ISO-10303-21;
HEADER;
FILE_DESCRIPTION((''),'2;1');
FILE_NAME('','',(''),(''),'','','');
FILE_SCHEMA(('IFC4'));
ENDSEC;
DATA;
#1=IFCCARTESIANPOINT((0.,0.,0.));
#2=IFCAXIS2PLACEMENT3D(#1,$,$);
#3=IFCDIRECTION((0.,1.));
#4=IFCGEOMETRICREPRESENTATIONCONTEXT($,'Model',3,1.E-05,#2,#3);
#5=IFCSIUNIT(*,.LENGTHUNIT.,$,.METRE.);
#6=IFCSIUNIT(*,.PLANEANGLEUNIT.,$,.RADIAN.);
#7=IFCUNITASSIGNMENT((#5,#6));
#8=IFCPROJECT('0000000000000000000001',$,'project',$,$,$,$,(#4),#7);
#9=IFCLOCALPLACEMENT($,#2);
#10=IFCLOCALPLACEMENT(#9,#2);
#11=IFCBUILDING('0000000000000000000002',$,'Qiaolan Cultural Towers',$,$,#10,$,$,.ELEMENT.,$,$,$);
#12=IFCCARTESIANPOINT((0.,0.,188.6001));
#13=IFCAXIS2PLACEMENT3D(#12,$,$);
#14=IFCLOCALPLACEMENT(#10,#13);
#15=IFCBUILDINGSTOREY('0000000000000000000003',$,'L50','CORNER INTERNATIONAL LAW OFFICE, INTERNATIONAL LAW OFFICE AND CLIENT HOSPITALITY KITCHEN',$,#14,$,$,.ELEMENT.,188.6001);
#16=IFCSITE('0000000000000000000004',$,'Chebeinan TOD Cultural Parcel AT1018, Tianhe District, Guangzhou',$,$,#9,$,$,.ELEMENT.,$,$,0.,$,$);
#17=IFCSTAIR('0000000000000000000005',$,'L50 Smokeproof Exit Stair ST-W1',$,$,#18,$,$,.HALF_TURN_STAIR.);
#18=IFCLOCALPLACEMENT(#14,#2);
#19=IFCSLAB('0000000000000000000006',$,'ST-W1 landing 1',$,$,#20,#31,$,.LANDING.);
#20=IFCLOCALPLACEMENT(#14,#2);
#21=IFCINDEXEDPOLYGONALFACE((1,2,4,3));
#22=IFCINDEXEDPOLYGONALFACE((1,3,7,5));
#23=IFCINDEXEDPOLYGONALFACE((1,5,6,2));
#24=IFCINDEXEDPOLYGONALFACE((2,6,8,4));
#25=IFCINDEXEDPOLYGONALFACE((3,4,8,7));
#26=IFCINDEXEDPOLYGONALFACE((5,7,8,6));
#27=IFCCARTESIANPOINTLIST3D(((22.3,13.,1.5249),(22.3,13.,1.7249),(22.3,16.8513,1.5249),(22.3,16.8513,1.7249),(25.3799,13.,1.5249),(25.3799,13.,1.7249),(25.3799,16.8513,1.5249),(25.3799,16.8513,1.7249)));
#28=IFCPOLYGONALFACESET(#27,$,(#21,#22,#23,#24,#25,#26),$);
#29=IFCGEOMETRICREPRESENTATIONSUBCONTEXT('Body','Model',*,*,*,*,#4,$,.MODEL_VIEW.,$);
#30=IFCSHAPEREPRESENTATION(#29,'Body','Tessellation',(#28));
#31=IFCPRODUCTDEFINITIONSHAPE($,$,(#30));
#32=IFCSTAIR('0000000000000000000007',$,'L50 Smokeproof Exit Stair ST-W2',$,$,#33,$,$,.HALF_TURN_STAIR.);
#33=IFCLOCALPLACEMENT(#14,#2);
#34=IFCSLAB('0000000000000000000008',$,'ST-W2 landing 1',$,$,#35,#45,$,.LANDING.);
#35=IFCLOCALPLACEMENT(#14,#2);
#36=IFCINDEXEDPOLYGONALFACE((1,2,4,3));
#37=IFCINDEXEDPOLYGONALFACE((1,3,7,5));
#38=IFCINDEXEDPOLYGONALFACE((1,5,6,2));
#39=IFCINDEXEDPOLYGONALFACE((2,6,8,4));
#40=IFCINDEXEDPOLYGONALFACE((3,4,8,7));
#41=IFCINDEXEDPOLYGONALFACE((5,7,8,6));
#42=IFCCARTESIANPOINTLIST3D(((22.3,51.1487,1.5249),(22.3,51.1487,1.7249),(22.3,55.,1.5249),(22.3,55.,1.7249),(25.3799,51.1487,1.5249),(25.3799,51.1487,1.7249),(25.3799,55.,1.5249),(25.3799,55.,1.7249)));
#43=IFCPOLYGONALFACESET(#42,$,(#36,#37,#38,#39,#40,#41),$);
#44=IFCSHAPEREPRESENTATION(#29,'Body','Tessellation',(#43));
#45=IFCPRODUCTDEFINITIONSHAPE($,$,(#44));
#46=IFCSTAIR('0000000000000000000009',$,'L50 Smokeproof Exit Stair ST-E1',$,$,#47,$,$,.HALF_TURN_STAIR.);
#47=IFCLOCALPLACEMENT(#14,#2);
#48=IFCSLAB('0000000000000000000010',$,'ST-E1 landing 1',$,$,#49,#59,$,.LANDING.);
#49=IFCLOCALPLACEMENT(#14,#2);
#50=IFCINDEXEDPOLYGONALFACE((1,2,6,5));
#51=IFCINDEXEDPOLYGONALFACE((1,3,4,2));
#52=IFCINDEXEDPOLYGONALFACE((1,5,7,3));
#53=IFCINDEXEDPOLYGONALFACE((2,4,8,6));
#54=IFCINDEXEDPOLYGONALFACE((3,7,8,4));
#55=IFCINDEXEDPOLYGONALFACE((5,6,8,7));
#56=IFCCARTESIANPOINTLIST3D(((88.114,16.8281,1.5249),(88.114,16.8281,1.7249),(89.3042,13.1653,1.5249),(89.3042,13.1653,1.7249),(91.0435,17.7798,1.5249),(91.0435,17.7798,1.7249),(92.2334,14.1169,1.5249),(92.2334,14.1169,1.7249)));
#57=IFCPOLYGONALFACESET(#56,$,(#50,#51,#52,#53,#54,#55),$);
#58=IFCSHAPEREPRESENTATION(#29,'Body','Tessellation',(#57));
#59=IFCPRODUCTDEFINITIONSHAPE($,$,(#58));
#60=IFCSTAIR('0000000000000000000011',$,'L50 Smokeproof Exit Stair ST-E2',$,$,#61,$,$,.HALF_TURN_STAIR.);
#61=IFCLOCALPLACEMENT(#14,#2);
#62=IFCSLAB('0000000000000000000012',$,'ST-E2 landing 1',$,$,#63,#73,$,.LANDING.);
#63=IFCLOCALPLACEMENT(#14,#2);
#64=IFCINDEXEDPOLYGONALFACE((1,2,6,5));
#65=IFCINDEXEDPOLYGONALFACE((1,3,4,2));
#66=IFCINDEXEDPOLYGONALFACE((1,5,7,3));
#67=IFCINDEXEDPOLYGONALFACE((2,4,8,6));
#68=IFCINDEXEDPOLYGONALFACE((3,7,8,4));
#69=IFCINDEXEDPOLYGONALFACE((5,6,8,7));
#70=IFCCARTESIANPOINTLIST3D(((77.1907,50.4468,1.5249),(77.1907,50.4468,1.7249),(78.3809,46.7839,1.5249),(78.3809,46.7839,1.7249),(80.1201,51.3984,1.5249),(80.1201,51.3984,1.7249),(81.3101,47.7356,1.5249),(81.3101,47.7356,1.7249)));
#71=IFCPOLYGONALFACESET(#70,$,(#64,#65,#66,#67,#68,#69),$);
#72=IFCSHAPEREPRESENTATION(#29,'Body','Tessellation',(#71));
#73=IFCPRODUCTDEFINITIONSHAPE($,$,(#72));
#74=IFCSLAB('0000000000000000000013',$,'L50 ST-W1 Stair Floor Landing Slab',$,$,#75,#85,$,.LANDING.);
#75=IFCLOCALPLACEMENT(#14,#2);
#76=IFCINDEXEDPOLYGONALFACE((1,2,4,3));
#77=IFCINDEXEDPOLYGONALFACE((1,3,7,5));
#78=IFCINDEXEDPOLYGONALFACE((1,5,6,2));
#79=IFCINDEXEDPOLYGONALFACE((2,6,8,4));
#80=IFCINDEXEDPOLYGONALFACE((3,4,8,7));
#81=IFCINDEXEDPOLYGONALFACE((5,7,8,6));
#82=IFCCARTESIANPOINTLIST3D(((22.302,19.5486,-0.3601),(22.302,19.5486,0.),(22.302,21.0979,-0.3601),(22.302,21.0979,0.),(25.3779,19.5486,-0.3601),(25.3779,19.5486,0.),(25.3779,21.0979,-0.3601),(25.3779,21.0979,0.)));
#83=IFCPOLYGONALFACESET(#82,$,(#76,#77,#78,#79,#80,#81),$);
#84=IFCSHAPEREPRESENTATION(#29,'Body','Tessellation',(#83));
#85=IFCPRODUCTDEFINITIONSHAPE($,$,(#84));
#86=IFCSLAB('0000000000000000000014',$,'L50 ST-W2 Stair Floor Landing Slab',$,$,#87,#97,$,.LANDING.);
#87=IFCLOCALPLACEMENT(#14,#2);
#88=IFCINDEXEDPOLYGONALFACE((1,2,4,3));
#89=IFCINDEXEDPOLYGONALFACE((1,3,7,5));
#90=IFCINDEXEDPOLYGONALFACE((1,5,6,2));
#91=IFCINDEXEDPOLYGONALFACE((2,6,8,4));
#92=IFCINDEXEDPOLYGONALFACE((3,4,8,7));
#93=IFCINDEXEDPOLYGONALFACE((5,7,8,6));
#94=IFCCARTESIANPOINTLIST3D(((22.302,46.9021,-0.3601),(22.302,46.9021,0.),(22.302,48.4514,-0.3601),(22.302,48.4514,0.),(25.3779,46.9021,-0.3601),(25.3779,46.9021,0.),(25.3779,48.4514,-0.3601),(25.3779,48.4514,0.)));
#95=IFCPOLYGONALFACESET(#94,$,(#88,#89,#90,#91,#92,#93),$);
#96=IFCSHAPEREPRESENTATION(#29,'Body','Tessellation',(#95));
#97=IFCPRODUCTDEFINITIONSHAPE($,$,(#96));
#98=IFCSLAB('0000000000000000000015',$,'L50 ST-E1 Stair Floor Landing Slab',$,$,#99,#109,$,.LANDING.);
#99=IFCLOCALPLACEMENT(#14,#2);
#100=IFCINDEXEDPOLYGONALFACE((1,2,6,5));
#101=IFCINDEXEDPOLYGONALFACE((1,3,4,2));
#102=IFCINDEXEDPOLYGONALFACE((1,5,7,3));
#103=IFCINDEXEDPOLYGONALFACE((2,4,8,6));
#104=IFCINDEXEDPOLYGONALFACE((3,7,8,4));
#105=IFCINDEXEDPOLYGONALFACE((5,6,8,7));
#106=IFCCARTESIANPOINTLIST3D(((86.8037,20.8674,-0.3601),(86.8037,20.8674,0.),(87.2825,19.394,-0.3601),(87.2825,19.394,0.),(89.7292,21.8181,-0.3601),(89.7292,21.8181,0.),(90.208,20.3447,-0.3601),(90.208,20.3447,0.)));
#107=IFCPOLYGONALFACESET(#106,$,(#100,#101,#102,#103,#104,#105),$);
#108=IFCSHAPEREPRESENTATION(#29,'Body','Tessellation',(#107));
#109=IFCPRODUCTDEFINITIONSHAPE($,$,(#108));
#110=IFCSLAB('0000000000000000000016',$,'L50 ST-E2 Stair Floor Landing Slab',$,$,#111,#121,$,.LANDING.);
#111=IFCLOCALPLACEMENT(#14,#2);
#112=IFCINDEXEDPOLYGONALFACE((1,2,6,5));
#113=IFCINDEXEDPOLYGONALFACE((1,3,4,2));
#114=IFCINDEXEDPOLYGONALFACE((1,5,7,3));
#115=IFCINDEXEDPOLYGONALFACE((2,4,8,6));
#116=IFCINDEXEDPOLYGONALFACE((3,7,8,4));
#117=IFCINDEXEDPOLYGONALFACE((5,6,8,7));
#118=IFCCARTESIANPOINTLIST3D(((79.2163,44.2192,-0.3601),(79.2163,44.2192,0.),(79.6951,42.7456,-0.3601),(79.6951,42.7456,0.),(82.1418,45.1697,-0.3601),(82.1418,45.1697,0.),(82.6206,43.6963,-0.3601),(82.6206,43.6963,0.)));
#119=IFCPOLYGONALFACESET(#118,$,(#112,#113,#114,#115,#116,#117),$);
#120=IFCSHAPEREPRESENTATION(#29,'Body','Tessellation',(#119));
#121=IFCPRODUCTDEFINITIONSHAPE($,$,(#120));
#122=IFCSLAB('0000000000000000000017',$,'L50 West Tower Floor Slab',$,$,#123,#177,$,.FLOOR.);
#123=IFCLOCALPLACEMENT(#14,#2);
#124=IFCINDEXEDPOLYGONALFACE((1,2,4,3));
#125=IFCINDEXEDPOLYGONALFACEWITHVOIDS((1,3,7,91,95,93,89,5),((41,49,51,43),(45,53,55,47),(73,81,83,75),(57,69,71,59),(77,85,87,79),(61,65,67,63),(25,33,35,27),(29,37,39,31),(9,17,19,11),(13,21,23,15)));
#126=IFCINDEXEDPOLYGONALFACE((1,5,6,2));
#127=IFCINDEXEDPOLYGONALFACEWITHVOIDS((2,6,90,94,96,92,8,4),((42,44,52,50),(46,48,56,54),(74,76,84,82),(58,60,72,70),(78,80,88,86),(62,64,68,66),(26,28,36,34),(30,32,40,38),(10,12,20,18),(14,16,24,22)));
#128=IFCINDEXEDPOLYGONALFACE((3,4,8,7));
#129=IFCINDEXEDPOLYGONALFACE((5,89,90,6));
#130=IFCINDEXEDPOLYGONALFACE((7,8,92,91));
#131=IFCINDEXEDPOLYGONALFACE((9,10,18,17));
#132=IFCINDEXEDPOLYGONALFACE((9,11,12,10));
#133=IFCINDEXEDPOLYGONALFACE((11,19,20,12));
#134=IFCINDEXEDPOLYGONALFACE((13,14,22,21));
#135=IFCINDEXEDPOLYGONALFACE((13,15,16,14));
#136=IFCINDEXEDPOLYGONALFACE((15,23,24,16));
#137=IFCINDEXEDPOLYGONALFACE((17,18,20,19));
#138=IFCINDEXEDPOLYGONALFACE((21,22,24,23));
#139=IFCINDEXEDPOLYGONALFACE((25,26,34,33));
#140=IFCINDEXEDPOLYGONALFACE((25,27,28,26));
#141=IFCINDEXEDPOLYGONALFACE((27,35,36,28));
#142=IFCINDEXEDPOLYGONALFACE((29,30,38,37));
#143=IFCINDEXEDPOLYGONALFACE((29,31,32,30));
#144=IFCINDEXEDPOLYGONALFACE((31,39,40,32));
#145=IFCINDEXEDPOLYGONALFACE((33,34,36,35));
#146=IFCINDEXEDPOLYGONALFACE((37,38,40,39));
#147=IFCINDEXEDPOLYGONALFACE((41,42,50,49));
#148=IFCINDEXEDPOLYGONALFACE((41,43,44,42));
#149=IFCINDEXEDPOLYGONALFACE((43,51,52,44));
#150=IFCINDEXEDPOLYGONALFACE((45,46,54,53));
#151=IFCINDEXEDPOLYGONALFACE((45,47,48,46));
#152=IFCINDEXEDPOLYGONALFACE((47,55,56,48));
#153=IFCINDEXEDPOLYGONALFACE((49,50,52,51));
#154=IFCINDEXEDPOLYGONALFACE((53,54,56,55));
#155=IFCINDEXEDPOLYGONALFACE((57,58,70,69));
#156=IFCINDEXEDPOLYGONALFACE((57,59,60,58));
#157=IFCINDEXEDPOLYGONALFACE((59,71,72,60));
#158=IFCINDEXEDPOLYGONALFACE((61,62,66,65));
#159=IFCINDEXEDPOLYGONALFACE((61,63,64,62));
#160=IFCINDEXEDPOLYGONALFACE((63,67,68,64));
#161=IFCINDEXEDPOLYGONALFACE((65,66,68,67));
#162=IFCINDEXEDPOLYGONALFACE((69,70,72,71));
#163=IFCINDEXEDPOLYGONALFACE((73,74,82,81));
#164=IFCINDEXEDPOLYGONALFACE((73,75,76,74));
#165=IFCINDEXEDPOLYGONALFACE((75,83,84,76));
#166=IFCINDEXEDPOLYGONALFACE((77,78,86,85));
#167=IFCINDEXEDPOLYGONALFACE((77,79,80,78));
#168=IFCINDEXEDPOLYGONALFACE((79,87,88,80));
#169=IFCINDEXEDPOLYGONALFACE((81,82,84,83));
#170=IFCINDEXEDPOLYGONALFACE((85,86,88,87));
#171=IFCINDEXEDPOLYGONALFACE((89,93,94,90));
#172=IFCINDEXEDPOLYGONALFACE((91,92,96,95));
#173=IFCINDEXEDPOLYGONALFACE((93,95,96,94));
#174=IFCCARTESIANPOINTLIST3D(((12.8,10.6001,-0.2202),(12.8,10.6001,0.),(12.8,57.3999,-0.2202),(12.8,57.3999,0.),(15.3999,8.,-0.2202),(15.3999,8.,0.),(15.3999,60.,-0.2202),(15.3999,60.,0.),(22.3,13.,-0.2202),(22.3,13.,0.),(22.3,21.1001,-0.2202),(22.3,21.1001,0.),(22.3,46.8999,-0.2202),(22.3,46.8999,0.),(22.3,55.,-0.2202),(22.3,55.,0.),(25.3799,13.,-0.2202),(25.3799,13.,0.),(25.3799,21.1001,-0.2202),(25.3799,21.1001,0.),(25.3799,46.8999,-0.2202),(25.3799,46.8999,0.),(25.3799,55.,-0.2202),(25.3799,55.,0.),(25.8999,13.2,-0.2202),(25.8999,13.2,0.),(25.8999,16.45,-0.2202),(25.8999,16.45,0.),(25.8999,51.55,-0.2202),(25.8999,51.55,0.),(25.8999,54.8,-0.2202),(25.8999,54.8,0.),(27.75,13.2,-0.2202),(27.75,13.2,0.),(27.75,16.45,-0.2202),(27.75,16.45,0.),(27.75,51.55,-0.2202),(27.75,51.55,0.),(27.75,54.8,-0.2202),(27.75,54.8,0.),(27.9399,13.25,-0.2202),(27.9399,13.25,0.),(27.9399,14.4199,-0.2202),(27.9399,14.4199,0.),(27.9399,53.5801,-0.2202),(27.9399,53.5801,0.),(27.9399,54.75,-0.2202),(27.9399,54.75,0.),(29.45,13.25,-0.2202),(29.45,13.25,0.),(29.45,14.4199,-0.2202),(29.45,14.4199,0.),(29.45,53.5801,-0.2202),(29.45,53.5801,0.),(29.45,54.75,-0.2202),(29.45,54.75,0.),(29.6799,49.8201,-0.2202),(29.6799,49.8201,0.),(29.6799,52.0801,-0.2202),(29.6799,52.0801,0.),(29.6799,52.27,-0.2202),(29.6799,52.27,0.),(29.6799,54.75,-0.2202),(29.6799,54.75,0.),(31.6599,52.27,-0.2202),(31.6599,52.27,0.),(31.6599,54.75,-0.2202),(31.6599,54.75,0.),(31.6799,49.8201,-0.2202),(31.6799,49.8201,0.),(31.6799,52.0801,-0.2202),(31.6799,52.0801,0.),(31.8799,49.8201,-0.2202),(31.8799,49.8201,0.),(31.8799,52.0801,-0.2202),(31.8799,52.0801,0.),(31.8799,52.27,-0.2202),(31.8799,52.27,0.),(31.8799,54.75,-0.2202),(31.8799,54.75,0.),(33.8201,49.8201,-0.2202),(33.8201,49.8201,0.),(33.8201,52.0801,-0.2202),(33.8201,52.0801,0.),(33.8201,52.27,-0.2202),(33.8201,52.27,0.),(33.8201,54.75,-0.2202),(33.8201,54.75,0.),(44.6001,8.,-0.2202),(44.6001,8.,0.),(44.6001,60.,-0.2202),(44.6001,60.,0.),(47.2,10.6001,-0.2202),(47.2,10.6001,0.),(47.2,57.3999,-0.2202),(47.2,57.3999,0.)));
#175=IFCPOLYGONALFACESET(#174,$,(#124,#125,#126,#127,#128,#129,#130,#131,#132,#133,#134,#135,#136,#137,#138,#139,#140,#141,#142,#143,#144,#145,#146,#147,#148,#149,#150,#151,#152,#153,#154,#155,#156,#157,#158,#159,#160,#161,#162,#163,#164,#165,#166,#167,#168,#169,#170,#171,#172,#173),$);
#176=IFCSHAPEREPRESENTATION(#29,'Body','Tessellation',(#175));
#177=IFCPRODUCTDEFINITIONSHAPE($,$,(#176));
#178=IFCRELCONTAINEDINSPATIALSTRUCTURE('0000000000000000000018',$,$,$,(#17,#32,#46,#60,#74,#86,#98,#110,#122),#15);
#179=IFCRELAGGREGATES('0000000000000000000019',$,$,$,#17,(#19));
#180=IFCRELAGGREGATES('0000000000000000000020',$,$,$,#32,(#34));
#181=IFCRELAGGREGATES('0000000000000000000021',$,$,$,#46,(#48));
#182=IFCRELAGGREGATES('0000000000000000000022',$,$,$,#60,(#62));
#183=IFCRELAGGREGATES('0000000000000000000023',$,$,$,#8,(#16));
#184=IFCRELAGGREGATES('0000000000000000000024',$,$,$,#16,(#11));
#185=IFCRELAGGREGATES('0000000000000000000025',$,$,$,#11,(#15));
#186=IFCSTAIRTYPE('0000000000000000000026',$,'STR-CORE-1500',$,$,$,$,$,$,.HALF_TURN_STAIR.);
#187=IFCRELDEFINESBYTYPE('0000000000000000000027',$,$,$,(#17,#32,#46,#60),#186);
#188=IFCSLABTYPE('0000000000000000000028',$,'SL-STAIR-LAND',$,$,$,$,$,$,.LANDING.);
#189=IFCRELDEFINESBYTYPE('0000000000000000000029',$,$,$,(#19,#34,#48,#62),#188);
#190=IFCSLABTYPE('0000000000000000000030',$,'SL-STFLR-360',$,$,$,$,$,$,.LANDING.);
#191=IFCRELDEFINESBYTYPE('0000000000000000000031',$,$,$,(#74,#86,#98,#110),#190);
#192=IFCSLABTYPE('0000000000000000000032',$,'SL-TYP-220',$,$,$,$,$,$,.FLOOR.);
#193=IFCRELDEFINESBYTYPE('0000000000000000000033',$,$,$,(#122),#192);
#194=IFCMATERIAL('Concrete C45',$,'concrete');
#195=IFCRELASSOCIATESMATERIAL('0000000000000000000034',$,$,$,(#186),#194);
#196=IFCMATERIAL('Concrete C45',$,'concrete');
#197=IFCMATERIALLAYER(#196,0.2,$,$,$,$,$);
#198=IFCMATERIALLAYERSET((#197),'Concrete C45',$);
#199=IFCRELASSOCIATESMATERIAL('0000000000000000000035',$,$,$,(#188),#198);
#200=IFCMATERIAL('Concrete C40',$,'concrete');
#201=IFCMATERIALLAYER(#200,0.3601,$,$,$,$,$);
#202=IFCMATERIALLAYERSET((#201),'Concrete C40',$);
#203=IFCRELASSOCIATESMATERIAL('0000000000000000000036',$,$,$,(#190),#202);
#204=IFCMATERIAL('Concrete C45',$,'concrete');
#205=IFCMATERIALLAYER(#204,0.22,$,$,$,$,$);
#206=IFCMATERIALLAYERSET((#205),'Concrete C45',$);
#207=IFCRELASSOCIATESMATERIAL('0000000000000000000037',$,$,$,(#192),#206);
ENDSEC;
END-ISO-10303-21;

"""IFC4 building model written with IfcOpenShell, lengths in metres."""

from ifc_helpers import new_model, si_unit, direction, frame, origin, place, context, subcontext, project, spatial, polyline, outline, extrude, material, layer, layer_set, type_object, element, aggregate, save


model = new_model("IFC4")

# Units and contexts
model_context = context("Model", 3, precision=1e-05, world=origin(), true_north=direction((0.0, 1.0)))
body_context = subcontext(model_context, "Body", "Model", "MODEL_VIEW")
ifc_project = project(units=[si_unit("LENGTHUNIT", "METRE"), si_unit("PLANEANGLEUNIT", "RADIAN")], contexts=[model_context])

# Site, building, storey
site_placement = place(None, origin())
site = spatial("IfcSite", under=ifc_project, at=site_placement, Name="Chebeinan TOD Cultural Parcel AT1018, Tianhe District, Guangzhou", CompositionType="ELEMENT", RefElevation=0.0)
building_placement = place(site_placement, origin())
building = spatial("IfcBuilding", under=site, at=building_placement, Name="Qiaolan Cultural Towers", CompositionType="ELEMENT")
storey_placement = place(building_placement, frame((0.0, 0.0, 188.6001)))
storey = spatial("IfcBuildingStorey", under=building, at=storey_placement, Name="L50", Description="CORNER INTERNATIONAL LAW OFFICE, INTERNATIONAL LAW OFFICE AND CLIENT HOSPITALITY KITCHEN", CompositionType="ELEMENT", Elevation=188.6001)

# Stairs, slabs
ifc_material_1 = material(Name="Concrete C45", Category="concrete")
stair_type = type_object("IfcStairType", Name="STR-CORE-1500", PredefinedType="HALF_TURN_STAIR", material=ifc_material_1)
stair_1_placement = place(storey_placement, origin())
stair_1 = element("IfcStair", 1, at=stair_1_placement, inside=storey, type_object=stair_type, Name="L50 Smokeproof Exit Stair ST-W1", PredefinedType="HALF_TURN_STAIR")
ifc_material_2 = material(Name="Concrete C45", Category="concrete")
ifc_layer_1 = layer(ifc_material_2, 0.2)
ifc_layer_set_1 = layer_set([ifc_layer_1], Name="Concrete C45")
slab_type_1 = type_object("IfcSlabType", Name="SL-STAIR-LAND", PredefinedType="LANDING", material=ifc_layer_set_1)
slab_1_placement = place(storey_placement, frame((0.0, 0.0, 1.5249)))
slab_1 = element("IfcSlab", 2, at=slab_1_placement, type_object=slab_type_1, Name="ST-W1 landing 1", PredefinedType="LANDING", context=body_context, shape_type="SweptSolid", body=[
    extrude(outline(polyline([(22.3, 16.8513), (22.3, 13.0), (25.3799, 13.0), (25.3799, 16.8513), (22.3, 16.8513)])), origin(), (0.0, 0.0, 1.0), 0.2),
])
aggregate(stair_1, [slab_1])
stair_2_placement = place(storey_placement, origin())
stair_2 = element("IfcStair", 3, at=stair_2_placement, inside=storey, type_object=stair_type, Name="L50 Smokeproof Exit Stair ST-W2", PredefinedType="HALF_TURN_STAIR")
slab_2_placement = place(storey_placement, frame((0.0, 0.0, 1.5249)))
slab_2 = element("IfcSlab", 4, at=slab_2_placement, type_object=slab_type_1, Name="ST-W2 landing 1", PredefinedType="LANDING", context=body_context, shape_type="SweptSolid", body=[
    extrude(outline(polyline([(25.3799, 51.1487), (25.3799, 55.0), (22.3, 55.0), (22.3, 51.1487), (25.3799, 51.1487)])), origin(), (0.0, 0.0, 1.0), 0.2),
])
aggregate(stair_2, [slab_2])
stair_3_placement = place(storey_placement, origin())
stair_3 = element("IfcStair", 5, at=stair_3_placement, inside=storey, type_object=stair_type, Name="L50 Smokeproof Exit Stair ST-E1", PredefinedType="HALF_TURN_STAIR")
slab_3_placement = place(storey_placement, frame((0.0, 0.0, 1.5249)))
slab_3 = element("IfcSlab", 6, at=slab_3_placement, type_object=slab_type_1, Name="ST-E1 landing 1", PredefinedType="LANDING", context=body_context, shape_type="SweptSolid", body=[
    extrude(outline(polyline([(88.114, 16.8281), (89.3042, 13.1653), (92.2334, 14.1169), (91.0435, 17.7798), (88.114, 16.8281)])), origin(), (0.0, 0.0, 1.0), 0.2),
])
aggregate(stair_3, [slab_3])
stair_4_placement = place(storey_placement, origin())
stair_4 = element("IfcStair", 7, at=stair_4_placement, inside=storey, type_object=stair_type, Name="L50 Smokeproof Exit Stair ST-E2", PredefinedType="HALF_TURN_STAIR")
slab_4_placement = place(storey_placement, frame((0.0, 0.0, 1.5249)))
slab_4 = element("IfcSlab", 8, at=slab_4_placement, type_object=slab_type_1, Name="ST-E2 landing 1", PredefinedType="LANDING", context=body_context, shape_type="SweptSolid", body=[
    extrude(outline(polyline([(81.3101, 47.7356), (80.1201, 51.3984), (77.1907, 50.4468), (78.3809, 46.7839), (81.3101, 47.7356)])), origin(), (0.0, 0.0, 1.0), 0.2),
])
aggregate(stair_4, [slab_4])

# Slabs
ifc_material_3 = material(Name="Concrete C40", Category="concrete")
ifc_layer_2 = layer(ifc_material_3, 0.3601)
ifc_layer_set_2 = layer_set([ifc_layer_2], Name="Concrete C40")
slab_type_2 = type_object("IfcSlabType", Name="SL-STFLR-360", PredefinedType="LANDING", material=ifc_layer_set_2)
slab_5_placement = place(storey_placement, frame((0.0, 0.0, -0.3601)))
element("IfcSlab", 9, at=slab_5_placement, inside=storey, type_object=slab_type_2, Name="L50 ST-W1 Stair Floor Landing Slab", PredefinedType="LANDING", context=body_context, shape_type="SweptSolid", body=[
    extrude(outline(polyline([(22.302, 21.0979), (22.302, 19.5486), (25.3779, 19.5486), (25.3779, 21.0979), (22.302, 21.0979)])), origin(), (0.0, 0.0, 1.0), 0.3601),
])
slab_6_placement = place(storey_placement, frame((0.0, 0.0, -0.3601)))
element("IfcSlab", 10, at=slab_6_placement, inside=storey, type_object=slab_type_2, Name="L50 ST-W2 Stair Floor Landing Slab", PredefinedType="LANDING", context=body_context, shape_type="SweptSolid", body=[
    extrude(outline(polyline([(25.3779, 46.9021), (25.3779, 48.4514), (22.302, 48.4514), (22.302, 46.9021), (25.3779, 46.9021)])), origin(), (0.0, 0.0, 1.0), 0.3601),
])
slab_7_placement = place(storey_placement, frame((0.0, 0.0, -0.3601)))
element("IfcSlab", 11, at=slab_7_placement, inside=storey, type_object=slab_type_2, Name="L50 ST-E1 Stair Floor Landing Slab", PredefinedType="LANDING", context=body_context, shape_type="SweptSolid", body=[
    extrude(outline(polyline([(86.8037, 20.8674), (87.2825, 19.394), (90.208, 20.3447), (89.7292, 21.8181), (86.8037, 20.8674)])), origin(), (0.0, 0.0, 1.0), 0.3601),
])
slab_8_placement = place(storey_placement, frame((0.0, 0.0, -0.3601)))
element("IfcSlab", 12, at=slab_8_placement, inside=storey, type_object=slab_type_2, Name="L50 ST-E2 Stair Floor Landing Slab", PredefinedType="LANDING", context=body_context, shape_type="SweptSolid", body=[
    extrude(outline(polyline([(82.6206, 43.6963), (82.1418, 45.1697), (79.2163, 44.2192), (79.6951, 42.7456), (82.6206, 43.6963)])), origin(), (0.0, 0.0, 1.0), 0.3601),
])
ifc_material_4 = material(Name="Concrete C45", Category="concrete")
ifc_layer_3 = layer(ifc_material_4, 0.22)
ifc_layer_set_3 = layer_set([ifc_layer_3], Name="Concrete C45")
slab_type_3 = type_object("IfcSlabType", Name="SL-TYP-220", PredefinedType="FLOOR", material=ifc_layer_set_3)
slab_9_placement = place(storey_placement, frame((0.0, 0.0, -0.2202)))
element("IfcSlab", 13, at=slab_9_placement, inside=storey, type_object=slab_type_3, Name="L50 West Tower Floor Slab", PredefinedType="FLOOR", context=body_context, shape_type="SweptSolid", body=[
    extrude(outline(polyline([(15.3999, 8.0), (44.6001, 8.0), (47.2, 10.6001), (47.2, 57.3999), (44.6001, 60.0), (15.3999, 60.0), (12.8, 57.3999), (12.8, 10.6001), (15.3999, 8.0)]), holes=[polyline([(22.3, 21.1001), (22.3, 13.0), (25.3799, 13.0), (25.3799, 21.1001), (22.3, 21.1001)]), polyline([(25.3799, 46.8999), (25.3799, 55.0), (22.3, 55.0), (22.3, 46.8999), (25.3799, 46.8999)]), polyline([(25.8999, 13.2), (27.75, 13.2), (27.75, 16.45), (25.8999, 16.45), (25.8999, 13.2)]), polyline([(27.9399, 13.25), (29.45, 13.25), (29.45, 14.4199), (27.9399, 14.4199), (27.9399, 13.25)]), polyline([(25.8999, 51.55), (27.75, 51.55), (27.75, 54.8), (25.8999, 54.8), (25.8999, 51.55)]), polyline([(27.9399, 53.5801), (29.45, 53.5801), (29.45, 54.75), (27.9399, 54.75), (27.9399, 53.5801)]), polyline([(29.6799, 49.8201), (31.6799, 49.8201), (31.6799, 52.0801), (29.6799, 52.0801), (29.6799, 49.8201)]), polyline([(31.8799, 49.8201), (33.8201, 49.8201), (33.8201, 52.0801), (31.8799, 52.0801), (31.8799, 49.8201)]), polyline([(29.6799, 52.27), (31.6599, 52.27), (31.6599, 54.75), (29.6799, 54.75), (29.6799, 52.27)]), polyline([(31.8799, 52.27), (33.8201, 52.27), (33.8201, 54.75), (31.8799, 54.75), (31.8799, 52.27)])]), origin(), (0.0, 0.0, 1.0), 0.2202),
])

save(model, "model.ifc")
